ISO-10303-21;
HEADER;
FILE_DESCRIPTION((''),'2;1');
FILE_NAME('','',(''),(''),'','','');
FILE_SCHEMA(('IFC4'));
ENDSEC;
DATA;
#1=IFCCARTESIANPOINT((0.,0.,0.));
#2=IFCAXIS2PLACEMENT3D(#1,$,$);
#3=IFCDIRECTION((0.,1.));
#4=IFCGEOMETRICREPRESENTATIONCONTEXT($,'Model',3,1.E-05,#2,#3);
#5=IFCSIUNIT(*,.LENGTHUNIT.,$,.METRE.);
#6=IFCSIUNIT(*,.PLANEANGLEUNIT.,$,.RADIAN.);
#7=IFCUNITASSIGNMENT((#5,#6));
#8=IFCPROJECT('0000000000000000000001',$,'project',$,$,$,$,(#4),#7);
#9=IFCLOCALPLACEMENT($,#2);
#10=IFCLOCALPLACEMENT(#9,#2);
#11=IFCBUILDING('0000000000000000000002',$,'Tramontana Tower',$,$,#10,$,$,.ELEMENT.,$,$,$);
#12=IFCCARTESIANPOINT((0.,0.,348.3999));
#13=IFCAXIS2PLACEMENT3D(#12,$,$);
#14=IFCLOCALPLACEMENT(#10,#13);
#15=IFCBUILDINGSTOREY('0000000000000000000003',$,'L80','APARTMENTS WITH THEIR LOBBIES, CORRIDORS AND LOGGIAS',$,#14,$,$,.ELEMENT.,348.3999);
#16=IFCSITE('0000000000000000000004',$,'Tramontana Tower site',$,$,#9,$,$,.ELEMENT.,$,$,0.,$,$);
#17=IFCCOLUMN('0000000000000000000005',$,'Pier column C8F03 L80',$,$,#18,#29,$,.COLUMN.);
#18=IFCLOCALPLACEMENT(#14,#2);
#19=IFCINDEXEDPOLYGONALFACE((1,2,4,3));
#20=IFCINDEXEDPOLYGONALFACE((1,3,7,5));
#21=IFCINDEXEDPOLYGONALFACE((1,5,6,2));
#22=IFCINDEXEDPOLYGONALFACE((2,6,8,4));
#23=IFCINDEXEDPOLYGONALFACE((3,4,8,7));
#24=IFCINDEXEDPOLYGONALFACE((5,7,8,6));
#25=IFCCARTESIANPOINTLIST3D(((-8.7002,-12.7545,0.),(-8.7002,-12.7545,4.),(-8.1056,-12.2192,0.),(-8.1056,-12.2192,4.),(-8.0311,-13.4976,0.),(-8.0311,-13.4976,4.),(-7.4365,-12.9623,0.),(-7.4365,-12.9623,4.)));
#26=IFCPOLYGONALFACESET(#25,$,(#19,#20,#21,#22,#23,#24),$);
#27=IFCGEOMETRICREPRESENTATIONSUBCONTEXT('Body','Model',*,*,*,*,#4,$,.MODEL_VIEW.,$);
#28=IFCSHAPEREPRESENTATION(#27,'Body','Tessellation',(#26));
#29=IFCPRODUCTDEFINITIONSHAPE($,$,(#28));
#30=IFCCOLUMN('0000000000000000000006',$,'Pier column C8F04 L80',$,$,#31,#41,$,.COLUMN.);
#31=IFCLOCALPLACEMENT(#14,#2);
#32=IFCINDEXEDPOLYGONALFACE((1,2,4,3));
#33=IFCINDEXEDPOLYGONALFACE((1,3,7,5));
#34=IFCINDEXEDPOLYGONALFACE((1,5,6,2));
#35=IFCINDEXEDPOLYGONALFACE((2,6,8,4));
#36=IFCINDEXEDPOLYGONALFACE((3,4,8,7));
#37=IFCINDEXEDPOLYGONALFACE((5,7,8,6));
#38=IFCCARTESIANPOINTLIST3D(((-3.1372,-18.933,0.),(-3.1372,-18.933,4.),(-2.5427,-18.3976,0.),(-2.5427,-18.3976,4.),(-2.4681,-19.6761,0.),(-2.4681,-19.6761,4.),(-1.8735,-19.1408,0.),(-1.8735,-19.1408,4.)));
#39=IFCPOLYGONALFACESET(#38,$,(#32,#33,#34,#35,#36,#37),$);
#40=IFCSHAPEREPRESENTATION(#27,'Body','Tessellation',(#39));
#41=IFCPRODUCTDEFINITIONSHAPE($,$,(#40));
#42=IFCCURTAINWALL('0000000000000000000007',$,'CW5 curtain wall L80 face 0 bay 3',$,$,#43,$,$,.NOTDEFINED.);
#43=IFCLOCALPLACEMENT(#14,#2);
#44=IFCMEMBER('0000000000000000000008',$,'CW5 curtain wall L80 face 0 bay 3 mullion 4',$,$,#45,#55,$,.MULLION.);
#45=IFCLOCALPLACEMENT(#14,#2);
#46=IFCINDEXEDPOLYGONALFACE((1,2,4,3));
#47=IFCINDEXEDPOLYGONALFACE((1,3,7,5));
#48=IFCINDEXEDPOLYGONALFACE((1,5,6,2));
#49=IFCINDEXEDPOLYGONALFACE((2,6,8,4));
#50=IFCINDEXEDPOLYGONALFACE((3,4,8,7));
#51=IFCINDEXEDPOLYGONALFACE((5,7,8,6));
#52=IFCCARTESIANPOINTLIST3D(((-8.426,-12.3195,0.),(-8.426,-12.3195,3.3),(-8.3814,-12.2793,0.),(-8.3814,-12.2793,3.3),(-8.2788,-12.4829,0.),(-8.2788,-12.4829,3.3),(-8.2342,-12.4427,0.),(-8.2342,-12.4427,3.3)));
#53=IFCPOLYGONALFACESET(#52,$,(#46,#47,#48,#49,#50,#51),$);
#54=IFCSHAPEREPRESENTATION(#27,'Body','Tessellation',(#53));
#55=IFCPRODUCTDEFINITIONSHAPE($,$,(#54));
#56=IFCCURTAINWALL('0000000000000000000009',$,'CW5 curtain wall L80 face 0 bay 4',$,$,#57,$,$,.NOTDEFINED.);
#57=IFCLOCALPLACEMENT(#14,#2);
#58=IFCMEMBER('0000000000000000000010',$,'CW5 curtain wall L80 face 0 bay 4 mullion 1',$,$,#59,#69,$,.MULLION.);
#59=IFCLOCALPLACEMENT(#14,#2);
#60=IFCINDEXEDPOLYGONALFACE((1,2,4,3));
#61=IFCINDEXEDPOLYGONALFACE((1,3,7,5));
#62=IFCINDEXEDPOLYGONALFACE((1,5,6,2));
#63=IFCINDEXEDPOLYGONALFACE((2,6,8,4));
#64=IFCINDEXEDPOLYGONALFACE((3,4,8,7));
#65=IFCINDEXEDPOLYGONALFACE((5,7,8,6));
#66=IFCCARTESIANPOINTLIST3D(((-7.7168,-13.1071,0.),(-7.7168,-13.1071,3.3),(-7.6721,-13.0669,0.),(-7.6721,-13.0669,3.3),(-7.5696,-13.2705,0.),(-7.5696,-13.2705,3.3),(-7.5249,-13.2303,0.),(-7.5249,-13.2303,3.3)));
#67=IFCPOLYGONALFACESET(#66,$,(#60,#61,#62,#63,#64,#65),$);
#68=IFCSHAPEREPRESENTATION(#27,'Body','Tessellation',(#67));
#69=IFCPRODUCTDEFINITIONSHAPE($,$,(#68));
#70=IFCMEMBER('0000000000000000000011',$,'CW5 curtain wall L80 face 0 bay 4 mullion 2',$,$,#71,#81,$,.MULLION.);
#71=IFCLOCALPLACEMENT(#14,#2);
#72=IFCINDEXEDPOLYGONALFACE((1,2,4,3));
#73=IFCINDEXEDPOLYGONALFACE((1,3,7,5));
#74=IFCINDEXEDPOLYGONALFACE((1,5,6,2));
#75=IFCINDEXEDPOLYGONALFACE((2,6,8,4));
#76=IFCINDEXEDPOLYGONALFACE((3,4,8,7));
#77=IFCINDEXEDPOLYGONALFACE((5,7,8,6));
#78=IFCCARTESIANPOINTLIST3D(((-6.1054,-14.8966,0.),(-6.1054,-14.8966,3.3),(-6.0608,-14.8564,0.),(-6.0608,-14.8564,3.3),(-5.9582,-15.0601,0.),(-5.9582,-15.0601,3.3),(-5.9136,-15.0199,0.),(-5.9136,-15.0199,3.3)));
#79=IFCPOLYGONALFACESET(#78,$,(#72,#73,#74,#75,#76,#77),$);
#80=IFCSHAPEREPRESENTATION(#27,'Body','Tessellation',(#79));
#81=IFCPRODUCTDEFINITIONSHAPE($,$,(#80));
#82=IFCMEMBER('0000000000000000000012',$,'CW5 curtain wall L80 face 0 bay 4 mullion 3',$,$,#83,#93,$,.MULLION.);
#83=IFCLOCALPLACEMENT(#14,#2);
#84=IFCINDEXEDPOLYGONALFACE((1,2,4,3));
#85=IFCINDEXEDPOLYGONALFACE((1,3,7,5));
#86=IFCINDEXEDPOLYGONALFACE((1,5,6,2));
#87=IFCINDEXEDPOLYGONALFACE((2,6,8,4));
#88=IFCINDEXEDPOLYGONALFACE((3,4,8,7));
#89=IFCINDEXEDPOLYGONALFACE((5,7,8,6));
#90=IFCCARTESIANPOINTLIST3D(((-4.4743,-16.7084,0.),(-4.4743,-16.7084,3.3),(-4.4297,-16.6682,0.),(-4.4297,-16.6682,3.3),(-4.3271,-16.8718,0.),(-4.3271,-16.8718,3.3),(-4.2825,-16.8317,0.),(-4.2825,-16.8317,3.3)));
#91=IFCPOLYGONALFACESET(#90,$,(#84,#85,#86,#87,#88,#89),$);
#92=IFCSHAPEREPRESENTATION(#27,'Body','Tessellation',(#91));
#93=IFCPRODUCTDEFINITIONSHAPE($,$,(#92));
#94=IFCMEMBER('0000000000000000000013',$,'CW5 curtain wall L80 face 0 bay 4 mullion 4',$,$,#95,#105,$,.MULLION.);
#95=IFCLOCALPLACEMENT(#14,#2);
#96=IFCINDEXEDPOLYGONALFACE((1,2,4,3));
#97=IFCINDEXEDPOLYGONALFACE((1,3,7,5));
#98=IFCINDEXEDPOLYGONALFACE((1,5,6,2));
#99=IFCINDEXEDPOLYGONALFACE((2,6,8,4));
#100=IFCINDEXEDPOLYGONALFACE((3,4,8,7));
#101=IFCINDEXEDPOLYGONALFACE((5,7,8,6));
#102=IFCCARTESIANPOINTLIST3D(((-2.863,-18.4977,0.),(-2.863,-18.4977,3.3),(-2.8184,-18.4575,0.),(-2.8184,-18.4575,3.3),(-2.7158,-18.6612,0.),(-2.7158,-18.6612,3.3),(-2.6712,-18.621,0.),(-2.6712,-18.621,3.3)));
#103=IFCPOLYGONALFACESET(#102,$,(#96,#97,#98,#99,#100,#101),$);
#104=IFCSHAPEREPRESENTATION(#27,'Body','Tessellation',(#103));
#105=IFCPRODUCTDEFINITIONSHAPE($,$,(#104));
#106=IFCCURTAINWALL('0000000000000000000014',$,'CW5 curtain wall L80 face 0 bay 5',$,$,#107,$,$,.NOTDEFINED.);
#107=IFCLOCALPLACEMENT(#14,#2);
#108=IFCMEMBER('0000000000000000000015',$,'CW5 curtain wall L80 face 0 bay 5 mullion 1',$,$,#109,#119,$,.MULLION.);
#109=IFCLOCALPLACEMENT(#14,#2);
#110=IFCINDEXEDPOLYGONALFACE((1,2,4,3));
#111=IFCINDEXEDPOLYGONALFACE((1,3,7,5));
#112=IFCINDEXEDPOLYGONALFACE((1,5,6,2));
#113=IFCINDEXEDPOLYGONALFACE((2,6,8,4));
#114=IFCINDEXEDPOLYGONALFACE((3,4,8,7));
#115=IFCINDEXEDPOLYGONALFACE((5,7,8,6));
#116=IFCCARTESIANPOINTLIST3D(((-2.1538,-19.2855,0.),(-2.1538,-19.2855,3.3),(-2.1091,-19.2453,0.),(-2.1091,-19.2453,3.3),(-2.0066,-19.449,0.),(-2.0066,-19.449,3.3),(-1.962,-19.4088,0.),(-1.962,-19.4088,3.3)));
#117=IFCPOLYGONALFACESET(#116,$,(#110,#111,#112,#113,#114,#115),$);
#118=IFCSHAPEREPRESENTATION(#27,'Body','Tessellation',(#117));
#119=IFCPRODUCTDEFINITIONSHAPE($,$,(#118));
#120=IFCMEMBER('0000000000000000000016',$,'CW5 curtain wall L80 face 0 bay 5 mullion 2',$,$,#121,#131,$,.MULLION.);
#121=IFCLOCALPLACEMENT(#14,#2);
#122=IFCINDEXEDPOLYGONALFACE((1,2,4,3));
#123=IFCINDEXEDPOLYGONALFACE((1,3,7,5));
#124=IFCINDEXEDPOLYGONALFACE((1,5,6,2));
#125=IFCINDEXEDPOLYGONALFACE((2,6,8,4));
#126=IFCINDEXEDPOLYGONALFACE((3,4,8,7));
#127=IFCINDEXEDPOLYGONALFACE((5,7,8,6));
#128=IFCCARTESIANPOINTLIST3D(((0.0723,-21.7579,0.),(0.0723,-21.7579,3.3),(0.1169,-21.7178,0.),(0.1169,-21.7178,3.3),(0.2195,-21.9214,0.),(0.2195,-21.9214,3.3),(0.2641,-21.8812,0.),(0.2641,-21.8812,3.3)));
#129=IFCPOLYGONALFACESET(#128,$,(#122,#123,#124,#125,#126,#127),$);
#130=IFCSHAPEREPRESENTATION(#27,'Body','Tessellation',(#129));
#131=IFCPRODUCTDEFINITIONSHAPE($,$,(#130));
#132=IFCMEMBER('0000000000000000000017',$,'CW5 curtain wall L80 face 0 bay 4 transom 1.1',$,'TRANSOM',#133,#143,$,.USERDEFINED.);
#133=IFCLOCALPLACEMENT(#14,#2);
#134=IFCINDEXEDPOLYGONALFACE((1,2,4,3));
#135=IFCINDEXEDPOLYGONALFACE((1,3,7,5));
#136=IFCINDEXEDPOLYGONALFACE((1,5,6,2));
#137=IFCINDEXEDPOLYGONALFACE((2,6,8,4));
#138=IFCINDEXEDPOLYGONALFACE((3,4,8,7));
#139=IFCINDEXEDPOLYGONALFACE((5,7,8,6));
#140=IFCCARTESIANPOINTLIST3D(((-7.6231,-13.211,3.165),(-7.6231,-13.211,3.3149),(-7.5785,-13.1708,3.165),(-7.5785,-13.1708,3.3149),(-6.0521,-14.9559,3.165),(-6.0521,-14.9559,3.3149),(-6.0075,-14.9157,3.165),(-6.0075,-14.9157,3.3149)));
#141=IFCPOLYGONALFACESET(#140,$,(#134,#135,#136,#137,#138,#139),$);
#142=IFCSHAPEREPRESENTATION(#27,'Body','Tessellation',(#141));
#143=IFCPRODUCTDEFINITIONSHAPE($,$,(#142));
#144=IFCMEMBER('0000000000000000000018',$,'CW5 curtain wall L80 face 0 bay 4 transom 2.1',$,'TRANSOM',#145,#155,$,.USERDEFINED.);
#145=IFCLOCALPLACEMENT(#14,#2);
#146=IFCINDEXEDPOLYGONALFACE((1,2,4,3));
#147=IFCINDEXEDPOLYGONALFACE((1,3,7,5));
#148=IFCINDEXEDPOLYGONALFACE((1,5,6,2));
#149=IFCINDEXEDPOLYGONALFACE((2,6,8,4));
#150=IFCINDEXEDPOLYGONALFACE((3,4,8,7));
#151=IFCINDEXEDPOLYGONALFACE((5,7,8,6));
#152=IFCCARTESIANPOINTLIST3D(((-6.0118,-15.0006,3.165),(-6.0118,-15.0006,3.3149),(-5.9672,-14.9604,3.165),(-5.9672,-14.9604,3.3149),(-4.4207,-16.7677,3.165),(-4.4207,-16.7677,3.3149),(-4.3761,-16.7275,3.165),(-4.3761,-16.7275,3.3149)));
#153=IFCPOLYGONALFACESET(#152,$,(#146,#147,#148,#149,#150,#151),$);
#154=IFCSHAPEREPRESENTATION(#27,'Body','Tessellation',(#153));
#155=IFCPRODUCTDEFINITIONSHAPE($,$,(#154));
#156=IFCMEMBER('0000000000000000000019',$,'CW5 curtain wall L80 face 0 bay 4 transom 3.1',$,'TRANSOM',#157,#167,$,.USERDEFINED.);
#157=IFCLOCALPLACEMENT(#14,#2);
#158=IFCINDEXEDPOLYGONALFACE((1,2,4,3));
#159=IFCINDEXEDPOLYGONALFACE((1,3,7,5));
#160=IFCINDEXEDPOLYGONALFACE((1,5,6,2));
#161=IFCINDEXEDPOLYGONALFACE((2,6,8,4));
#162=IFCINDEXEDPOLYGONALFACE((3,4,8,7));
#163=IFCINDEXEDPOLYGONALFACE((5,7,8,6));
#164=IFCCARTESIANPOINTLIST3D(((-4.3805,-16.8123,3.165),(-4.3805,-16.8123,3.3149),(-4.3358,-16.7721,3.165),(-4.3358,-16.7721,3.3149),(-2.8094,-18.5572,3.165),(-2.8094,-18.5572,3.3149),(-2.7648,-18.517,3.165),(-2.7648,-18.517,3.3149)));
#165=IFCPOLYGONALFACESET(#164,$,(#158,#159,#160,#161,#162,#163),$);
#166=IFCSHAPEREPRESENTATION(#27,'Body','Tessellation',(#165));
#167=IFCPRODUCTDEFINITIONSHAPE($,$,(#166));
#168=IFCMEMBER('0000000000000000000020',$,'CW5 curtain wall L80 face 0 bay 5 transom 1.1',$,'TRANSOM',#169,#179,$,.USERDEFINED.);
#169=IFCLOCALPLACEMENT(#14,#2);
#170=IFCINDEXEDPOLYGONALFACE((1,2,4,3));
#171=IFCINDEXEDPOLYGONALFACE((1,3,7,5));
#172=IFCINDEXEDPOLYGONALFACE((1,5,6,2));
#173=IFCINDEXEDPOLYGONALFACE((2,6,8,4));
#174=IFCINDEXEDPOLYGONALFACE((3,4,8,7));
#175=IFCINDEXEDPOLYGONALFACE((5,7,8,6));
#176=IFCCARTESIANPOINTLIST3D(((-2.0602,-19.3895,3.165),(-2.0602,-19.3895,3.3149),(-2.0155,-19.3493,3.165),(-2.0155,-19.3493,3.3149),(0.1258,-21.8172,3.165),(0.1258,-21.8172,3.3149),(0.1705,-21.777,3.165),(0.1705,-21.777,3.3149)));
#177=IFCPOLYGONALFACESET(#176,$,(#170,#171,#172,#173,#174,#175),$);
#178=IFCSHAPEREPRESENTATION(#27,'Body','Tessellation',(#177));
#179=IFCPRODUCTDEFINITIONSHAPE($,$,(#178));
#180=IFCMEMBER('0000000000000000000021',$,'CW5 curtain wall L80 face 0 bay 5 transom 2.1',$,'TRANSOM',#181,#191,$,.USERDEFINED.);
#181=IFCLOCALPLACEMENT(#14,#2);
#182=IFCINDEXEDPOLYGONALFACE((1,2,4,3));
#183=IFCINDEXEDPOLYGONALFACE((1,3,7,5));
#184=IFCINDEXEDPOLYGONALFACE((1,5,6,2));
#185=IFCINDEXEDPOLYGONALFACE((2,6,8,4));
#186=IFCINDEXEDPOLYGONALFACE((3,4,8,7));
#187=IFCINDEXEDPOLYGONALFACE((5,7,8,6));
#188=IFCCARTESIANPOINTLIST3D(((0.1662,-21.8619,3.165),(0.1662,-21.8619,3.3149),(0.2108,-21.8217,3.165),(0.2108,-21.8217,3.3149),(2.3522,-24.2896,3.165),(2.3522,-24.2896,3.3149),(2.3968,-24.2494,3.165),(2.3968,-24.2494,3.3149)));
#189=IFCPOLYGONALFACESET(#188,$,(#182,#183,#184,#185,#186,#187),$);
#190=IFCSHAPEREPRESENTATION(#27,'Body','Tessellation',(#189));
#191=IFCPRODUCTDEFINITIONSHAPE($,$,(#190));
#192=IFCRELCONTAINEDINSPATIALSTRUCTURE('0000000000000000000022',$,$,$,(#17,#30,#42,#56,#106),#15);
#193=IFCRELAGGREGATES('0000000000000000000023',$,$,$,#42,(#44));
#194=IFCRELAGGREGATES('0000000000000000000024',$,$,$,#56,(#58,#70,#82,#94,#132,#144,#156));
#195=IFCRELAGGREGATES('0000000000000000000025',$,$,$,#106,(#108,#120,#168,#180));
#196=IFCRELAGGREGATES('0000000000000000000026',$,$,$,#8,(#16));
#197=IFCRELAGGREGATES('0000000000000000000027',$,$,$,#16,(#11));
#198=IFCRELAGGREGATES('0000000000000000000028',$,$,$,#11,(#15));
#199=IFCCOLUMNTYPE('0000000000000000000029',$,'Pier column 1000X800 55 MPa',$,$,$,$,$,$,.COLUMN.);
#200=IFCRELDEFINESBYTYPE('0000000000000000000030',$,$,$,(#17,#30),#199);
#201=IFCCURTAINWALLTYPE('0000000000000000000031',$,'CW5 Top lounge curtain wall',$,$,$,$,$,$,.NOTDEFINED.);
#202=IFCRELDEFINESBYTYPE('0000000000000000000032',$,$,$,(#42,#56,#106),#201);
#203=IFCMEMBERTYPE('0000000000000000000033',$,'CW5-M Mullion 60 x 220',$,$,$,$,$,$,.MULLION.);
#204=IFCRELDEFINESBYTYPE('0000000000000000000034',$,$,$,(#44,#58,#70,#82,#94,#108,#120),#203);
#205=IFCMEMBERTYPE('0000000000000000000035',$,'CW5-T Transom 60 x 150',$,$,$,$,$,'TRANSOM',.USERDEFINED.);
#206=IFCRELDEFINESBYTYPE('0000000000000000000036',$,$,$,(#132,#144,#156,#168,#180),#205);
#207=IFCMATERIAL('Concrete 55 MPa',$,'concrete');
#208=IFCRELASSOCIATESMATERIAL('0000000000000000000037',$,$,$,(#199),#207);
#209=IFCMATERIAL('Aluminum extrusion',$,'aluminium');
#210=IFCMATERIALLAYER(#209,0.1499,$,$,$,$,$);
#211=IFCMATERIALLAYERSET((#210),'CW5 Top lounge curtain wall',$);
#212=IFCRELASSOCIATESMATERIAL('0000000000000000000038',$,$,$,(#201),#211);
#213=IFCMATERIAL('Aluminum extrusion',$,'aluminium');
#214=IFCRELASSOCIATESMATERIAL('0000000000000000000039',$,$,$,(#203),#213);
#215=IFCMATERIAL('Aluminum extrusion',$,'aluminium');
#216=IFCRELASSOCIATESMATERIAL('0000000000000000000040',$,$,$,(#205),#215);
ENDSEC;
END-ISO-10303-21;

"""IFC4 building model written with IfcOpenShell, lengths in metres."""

from ifc_helpers import new_model, si_unit, direction, frame, origin, origin_2d, place, context, subcontext, project, spatial, rectangle, extrude, material, layer, layer_set, material_profile, profile_set, type_object, element, aggregate, save


model = new_model("IFC4")

# Units and contexts
model_context = context("Model", 3, precision=1e-05, world=origin(), true_north=direction((0.0, 1.0)))
body_context = subcontext(model_context, "Body", "Model", "MODEL_VIEW")
ifc_project = project(units=[si_unit("LENGTHUNIT", "METRE"), si_unit("PLANEANGLEUNIT", "RADIAN")], contexts=[model_context])

# Site, building, storey
site_placement = place(None, origin())
site = spatial("IfcSite", under=ifc_project, at=site_placement, Name="Tramontana Tower site", CompositionType="ELEMENT", RefElevation=0.0)
building_placement = place(site_placement, origin())
building = spatial("IfcBuilding", under=site, at=building_placement, Name="Tramontana Tower", CompositionType="ELEMENT")
storey_placement = place(building_placement, frame((0.0, 0.0, 348.3999)))
storey = spatial("IfcBuildingStorey", under=building, at=storey_placement, Name="L80", Description="APARTMENTS WITH THEIR LOBBIES, CORRIDORS AND LOGGIAS", CompositionType="ELEMENT", Elevation=348.3999)

# Columns
ifc_material_1 = material(Name="Concrete 55 MPa", Category="concrete")
ifc_material_profile_1 = material_profile(ifc_material_1, rectangle(XDim=1.0, YDim=0.8, at=origin_2d()), Name="Pier column 1000X800 55 MPa")
ifc_profile_set_1 = profile_set([ifc_material_profile_1], Name="Concrete 55 MPa")
column_type = type_object("IfcColumnType", Name="Pier column 1000X800 55 MPa", PredefinedType="COLUMN", material=ifc_profile_set_1)
for number, where, z_axis, x_axis, name in (
    (1, (-8.0684, -12.8584, 0.0), (0.0, 0.0, 1.0), (0.669131, -0.743145, 0.0), "Pier column C8F03 L80"),
    (2, (-2.5054, -19.0369, 0.0), (0.0, 0.0, 1.0), (0.669131, -0.743145, 0.0), "Pier column C8F04 L80"),
):
    element("IfcColumn", number, at=place(storey_placement, frame(where, z_axis=z_axis, x_axis=x_axis)), inside=storey, type_object=column_type, Name=name, PredefinedType="COLUMN", context=body_context, shape_type="SweptSolid", body=[
        extrude(rectangle(XDim=1.0, YDim=0.8, at=origin_2d()), origin(), (0.0, 0.0, 1.0), 4.0),
    ])

# Curtain wall, member
ifc_material_2 = material(Name="Aluminum extrusion", Category="aluminium")
ifc_layer_1 = layer(ifc_material_2, 0.1499)
ifc_layer_set_1 = layer_set([ifc_layer_1], Name="CW5 Top lounge curtain wall")
curtain_wall_type = type_object("IfcCurtainWallType", Name="CW5 Top lounge curtain wall", PredefinedType="NOTDEFINED", material=ifc_layer_set_1)
curtain_wall_1_placement = place(storey_placement, origin())
curtain_wall_1 = element("IfcCurtainWall", 3, at=curtain_wall_1_placement, inside=storey, type_object=curtain_wall_type, Name="CW5 curtain wall L80 face 0 bay 3", PredefinedType="NOTDEFINED")
ifc_material_3 = material(Name="Aluminum extrusion", Category="aluminium")
ifc_material_profile_2 = material_profile(ifc_material_3, rectangle(XDim=0.0601, YDim=0.22, at=origin_2d()), Name="CW5-M Mullion 60 x 220")
ifc_profile_set_2 = profile_set([ifc_material_profile_2], Name="Aluminum extrusion")
member_type_1 = type_object("IfcMemberType", Name="CW5-M Mullion 60 x 220", PredefinedType="MULLION", material=ifc_profile_set_2)
member_1_placement = place(storey_placement, frame((-8.3301, -12.3811, 0.0), z_axis=(0.0, 0.0, 1.0), x_axis=(0.743145, 0.669131, 0.0)))
member_1 = element("IfcMember", 4, at=member_1_placement, type_object=member_type_1, Name="CW5 curtain wall L80 face 0 bay 3 mullion 4", PredefinedType="MULLION", context=body_context, shape_type="SweptSolid", body=[
    extrude(rectangle(XDim=0.0601, YDim=0.22, at=origin_2d()), origin(), (0.0, 0.0, 1.0), 3.3),
])
aggregate(curtain_wall_1, [member_1])

# Curtain walls, members
curtain_wall_2_placement = place(storey_placement, origin())
curtain_wall_2 = element("IfcCurtainWall", 5, at=curtain_wall_2_placement, inside=storey, type_object=curtain_wall_type, Name="CW5 curtain wall L80 face 0 bay 4", PredefinedType="NOTDEFINED")
member_2_placement = place(storey_placement, frame((-7.6208, -13.1687, 0.0), z_axis=(0.0, 0.0, 1.0), x_axis=(0.743145, 0.669131, 0.0)))
member_2 = element("IfcMember", 6, at=member_2_placement, type_object=member_type_1, Name="CW5 curtain wall L80 face 0 bay 4 mullion 1", PredefinedType="MULLION", context=body_context, shape_type="SweptSolid", body=[
    extrude(rectangle(XDim=0.0601, YDim=0.22, at=origin_2d()), origin(), (0.0, 0.0, 1.0), 3.3),
])
member_3_placement = place(storey_placement, frame((-6.0095, -14.9583, 0.0), z_axis=(0.0, 0.0, 1.0), x_axis=(0.743145, 0.669131, 0.0)))
member_3 = element("IfcMember", 7, at=member_3_placement, type_object=member_type_1, Name="CW5 curtain wall L80 face 0 bay 4 mullion 2", PredefinedType="MULLION", context=body_context, shape_type="SweptSolid", body=[
    extrude(rectangle(XDim=0.0601, YDim=0.22, at=origin_2d()), origin(), (0.0, 0.0, 1.0), 3.3),
])
member_4_placement = place(storey_placement, frame((-4.3784, -16.77, 0.0), z_axis=(0.0, 0.0, 1.0), x_axis=(0.743145, 0.669131, 0.0)))
member_4 = element("IfcMember", 8, at=member_4_placement, type_object=member_type_1, Name="CW5 curtain wall L80 face 0 bay 4 mullion 3", PredefinedType="MULLION", context=body_context, shape_type="SweptSolid", body=[
    extrude(rectangle(XDim=0.0601, YDim=0.22, at=origin_2d()), origin(), (0.0, 0.0, 1.0), 3.3),
])
member_5_placement = place(storey_placement, frame((-2.7671, -18.5593, 0.0), z_axis=(0.0, 0.0, 1.0), x_axis=(0.743145, 0.669131, 0.0)))
member_5 = element("IfcMember", 9, at=member_5_placement, type_object=member_type_1, Name="CW5 curtain wall L80 face 0 bay 4 mullion 4", PredefinedType="MULLION", context=body_context, shape_type="SweptSolid", body=[
    extrude(rectangle(XDim=0.0601, YDim=0.22, at=origin_2d()), origin(), (0.0, 0.0, 1.0), 3.3),
])
curtain_wall_3_placement = place(storey_placement, origin())
curtain_wall_3 = element("IfcCurtainWall", 10, at=curtain_wall_3_placement, inside=storey, type_object=curtain_wall_type, Name="CW5 curtain wall L80 face 0 bay 5", PredefinedType="NOTDEFINED")
member_6_placement = place(storey_placement, frame((-2.0579, -19.3472, 0.0), z_axis=(0.0, 0.0, 1.0), x_axis=(0.743145, 0.669131, 0.0)))
member_6 = element("IfcMember", 11, at=member_6_placement, type_object=member_type_1, Name="CW5 curtain wall L80 face 0 bay 5 mullion 1", PredefinedType="MULLION", context=body_context, shape_type="SweptSolid", body=[
    extrude(rectangle(XDim=0.0601, YDim=0.22, at=origin_2d()), origin(), (0.0, 0.0, 1.0), 3.3),
])
member_7_placement = place(storey_placement, frame((0.1682, -21.8196, 0.0), z_axis=(0.0, 0.0, 1.0), x_axis=(0.743145, 0.669131, 0.0)))
member_7 = element("IfcMember", 12, at=member_7_placement, type_object=member_type_1, Name="CW5 curtain wall L80 face 0 bay 5 mullion 2", PredefinedType="MULLION", context=body_context, shape_type="SweptSolid", body=[
    extrude(rectangle(XDim=0.0601, YDim=0.22, at=origin_2d()), origin(), (0.0, 0.0, 1.0), 3.3),
])

# Members
ifc_material_4 = material(Name="Aluminum extrusion", Category="aluminium")
ifc_material_profile_3 = material_profile(ifc_material_4, rectangle(XDim=0.0601, YDim=0.1499, at=origin_2d()), Name="CW5-T Transom 60 x 150")
ifc_profile_set_3 = profile_set([ifc_material_profile_3], Name="Aluminum extrusion")
member_type_2 = type_object("IfcMemberType", Name="CW5-T Transom 60 x 150", ElementType="TRANSOM", PredefinedType="USERDEFINED", material=ifc_profile_set_3)
member_8_placement = place(storey_placement, frame((-7.6008, -13.1909, 3.24), z_axis=(0.66912, -0.743155, 0.0), x_axis=(0.743155, 0.66912, 0.0)))
member_8 = element("IfcMember", 13, at=member_8_placement, type_object=member_type_2, Name="CW5 curtain wall L80 face 0 bay 4 transom 1.1", ObjectType="TRANSOM", PredefinedType="USERDEFINED", context=body_context, shape_type="SweptSolid", body=[
    extrude(rectangle(XDim=0.0601, YDim=0.1499, at=origin_2d()), origin(), (0.0, 0.0, 1.0), 2.3479),
])
member_9_placement = place(storey_placement, frame((-5.9895, -14.9805, 3.24), z_axis=(0.669124, -0.743151, 0.0), x_axis=(0.743151, 0.669124, 0.0)))
member_9 = element("IfcMember", 14, at=member_9_placement, type_object=member_type_2, Name="CW5 curtain wall L80 face 0 bay 4 transom 2.1", ObjectType="TRANSOM", PredefinedType="USERDEFINED", context=body_context, shape_type="SweptSolid", body=[
    extrude(rectangle(XDim=0.0601, YDim=0.1499, at=origin_2d()), origin(), (0.0, 0.0, 1.0), 2.3779),
])
member_10_placement = place(storey_placement, frame((-4.3582, -16.7922, 3.24), z_axis=(0.66912, -0.743155, 0.0), x_axis=(0.743155, 0.66912, 0.0)))
member_10 = element("IfcMember", 15, at=member_10_placement, type_object=member_type_2, Name="CW5 curtain wall L80 face 0 bay 4 transom 3.1", ObjectType="TRANSOM", PredefinedType="USERDEFINED", context=body_context, shape_type="SweptSolid", body=[
    extrude(rectangle(XDim=0.0601, YDim=0.1499, at=origin_2d()), origin(), (0.0, 0.0, 1.0), 2.3479),
])
member_11_placement = place(storey_placement, frame((-2.0378, -19.3694, 3.24), z_axis=(0.669146, -0.743131, 0.0), x_axis=(0.743131, 0.669146, 0.0)))
member_11 = element("IfcMember", 16, at=member_11_placement, type_object=member_type_2, Name="CW5 curtain wall L80 face 0 bay 5 transom 1.1", ObjectType="TRANSOM", PredefinedType="USERDEFINED", context=body_context, shape_type="SweptSolid", body=[
    extrude(rectangle(XDim=0.0601, YDim=0.1499, at=origin_2d()), origin(), (0.0, 0.0, 1.0), 3.2668),
])
member_12_placement = place(storey_placement, frame((0.1885, -21.8418, 3.24), z_axis=(0.669146, -0.743131, 0.0), x_axis=(0.743131, 0.669146, 0.0)))
member_12 = element("IfcMember", 17, at=member_12_placement, type_object=member_type_2, Name="CW5 curtain wall L80 face 0 bay 5 transom 2.1", ObjectType="TRANSOM", PredefinedType="USERDEFINED", context=body_context, shape_type="SweptSolid", body=[
    extrude(rectangle(XDim=0.0601, YDim=0.1499, at=origin_2d()), origin(), (0.0, 0.0, 1.0), 3.2668),
])

aggregate(curtain_wall_2, [member_2, member_3, member_4, member_5, member_8, member_9, member_10])
aggregate(curtain_wall_3, [member_6, member_7, member_11, member_12])

save(model, "model.ifc")
